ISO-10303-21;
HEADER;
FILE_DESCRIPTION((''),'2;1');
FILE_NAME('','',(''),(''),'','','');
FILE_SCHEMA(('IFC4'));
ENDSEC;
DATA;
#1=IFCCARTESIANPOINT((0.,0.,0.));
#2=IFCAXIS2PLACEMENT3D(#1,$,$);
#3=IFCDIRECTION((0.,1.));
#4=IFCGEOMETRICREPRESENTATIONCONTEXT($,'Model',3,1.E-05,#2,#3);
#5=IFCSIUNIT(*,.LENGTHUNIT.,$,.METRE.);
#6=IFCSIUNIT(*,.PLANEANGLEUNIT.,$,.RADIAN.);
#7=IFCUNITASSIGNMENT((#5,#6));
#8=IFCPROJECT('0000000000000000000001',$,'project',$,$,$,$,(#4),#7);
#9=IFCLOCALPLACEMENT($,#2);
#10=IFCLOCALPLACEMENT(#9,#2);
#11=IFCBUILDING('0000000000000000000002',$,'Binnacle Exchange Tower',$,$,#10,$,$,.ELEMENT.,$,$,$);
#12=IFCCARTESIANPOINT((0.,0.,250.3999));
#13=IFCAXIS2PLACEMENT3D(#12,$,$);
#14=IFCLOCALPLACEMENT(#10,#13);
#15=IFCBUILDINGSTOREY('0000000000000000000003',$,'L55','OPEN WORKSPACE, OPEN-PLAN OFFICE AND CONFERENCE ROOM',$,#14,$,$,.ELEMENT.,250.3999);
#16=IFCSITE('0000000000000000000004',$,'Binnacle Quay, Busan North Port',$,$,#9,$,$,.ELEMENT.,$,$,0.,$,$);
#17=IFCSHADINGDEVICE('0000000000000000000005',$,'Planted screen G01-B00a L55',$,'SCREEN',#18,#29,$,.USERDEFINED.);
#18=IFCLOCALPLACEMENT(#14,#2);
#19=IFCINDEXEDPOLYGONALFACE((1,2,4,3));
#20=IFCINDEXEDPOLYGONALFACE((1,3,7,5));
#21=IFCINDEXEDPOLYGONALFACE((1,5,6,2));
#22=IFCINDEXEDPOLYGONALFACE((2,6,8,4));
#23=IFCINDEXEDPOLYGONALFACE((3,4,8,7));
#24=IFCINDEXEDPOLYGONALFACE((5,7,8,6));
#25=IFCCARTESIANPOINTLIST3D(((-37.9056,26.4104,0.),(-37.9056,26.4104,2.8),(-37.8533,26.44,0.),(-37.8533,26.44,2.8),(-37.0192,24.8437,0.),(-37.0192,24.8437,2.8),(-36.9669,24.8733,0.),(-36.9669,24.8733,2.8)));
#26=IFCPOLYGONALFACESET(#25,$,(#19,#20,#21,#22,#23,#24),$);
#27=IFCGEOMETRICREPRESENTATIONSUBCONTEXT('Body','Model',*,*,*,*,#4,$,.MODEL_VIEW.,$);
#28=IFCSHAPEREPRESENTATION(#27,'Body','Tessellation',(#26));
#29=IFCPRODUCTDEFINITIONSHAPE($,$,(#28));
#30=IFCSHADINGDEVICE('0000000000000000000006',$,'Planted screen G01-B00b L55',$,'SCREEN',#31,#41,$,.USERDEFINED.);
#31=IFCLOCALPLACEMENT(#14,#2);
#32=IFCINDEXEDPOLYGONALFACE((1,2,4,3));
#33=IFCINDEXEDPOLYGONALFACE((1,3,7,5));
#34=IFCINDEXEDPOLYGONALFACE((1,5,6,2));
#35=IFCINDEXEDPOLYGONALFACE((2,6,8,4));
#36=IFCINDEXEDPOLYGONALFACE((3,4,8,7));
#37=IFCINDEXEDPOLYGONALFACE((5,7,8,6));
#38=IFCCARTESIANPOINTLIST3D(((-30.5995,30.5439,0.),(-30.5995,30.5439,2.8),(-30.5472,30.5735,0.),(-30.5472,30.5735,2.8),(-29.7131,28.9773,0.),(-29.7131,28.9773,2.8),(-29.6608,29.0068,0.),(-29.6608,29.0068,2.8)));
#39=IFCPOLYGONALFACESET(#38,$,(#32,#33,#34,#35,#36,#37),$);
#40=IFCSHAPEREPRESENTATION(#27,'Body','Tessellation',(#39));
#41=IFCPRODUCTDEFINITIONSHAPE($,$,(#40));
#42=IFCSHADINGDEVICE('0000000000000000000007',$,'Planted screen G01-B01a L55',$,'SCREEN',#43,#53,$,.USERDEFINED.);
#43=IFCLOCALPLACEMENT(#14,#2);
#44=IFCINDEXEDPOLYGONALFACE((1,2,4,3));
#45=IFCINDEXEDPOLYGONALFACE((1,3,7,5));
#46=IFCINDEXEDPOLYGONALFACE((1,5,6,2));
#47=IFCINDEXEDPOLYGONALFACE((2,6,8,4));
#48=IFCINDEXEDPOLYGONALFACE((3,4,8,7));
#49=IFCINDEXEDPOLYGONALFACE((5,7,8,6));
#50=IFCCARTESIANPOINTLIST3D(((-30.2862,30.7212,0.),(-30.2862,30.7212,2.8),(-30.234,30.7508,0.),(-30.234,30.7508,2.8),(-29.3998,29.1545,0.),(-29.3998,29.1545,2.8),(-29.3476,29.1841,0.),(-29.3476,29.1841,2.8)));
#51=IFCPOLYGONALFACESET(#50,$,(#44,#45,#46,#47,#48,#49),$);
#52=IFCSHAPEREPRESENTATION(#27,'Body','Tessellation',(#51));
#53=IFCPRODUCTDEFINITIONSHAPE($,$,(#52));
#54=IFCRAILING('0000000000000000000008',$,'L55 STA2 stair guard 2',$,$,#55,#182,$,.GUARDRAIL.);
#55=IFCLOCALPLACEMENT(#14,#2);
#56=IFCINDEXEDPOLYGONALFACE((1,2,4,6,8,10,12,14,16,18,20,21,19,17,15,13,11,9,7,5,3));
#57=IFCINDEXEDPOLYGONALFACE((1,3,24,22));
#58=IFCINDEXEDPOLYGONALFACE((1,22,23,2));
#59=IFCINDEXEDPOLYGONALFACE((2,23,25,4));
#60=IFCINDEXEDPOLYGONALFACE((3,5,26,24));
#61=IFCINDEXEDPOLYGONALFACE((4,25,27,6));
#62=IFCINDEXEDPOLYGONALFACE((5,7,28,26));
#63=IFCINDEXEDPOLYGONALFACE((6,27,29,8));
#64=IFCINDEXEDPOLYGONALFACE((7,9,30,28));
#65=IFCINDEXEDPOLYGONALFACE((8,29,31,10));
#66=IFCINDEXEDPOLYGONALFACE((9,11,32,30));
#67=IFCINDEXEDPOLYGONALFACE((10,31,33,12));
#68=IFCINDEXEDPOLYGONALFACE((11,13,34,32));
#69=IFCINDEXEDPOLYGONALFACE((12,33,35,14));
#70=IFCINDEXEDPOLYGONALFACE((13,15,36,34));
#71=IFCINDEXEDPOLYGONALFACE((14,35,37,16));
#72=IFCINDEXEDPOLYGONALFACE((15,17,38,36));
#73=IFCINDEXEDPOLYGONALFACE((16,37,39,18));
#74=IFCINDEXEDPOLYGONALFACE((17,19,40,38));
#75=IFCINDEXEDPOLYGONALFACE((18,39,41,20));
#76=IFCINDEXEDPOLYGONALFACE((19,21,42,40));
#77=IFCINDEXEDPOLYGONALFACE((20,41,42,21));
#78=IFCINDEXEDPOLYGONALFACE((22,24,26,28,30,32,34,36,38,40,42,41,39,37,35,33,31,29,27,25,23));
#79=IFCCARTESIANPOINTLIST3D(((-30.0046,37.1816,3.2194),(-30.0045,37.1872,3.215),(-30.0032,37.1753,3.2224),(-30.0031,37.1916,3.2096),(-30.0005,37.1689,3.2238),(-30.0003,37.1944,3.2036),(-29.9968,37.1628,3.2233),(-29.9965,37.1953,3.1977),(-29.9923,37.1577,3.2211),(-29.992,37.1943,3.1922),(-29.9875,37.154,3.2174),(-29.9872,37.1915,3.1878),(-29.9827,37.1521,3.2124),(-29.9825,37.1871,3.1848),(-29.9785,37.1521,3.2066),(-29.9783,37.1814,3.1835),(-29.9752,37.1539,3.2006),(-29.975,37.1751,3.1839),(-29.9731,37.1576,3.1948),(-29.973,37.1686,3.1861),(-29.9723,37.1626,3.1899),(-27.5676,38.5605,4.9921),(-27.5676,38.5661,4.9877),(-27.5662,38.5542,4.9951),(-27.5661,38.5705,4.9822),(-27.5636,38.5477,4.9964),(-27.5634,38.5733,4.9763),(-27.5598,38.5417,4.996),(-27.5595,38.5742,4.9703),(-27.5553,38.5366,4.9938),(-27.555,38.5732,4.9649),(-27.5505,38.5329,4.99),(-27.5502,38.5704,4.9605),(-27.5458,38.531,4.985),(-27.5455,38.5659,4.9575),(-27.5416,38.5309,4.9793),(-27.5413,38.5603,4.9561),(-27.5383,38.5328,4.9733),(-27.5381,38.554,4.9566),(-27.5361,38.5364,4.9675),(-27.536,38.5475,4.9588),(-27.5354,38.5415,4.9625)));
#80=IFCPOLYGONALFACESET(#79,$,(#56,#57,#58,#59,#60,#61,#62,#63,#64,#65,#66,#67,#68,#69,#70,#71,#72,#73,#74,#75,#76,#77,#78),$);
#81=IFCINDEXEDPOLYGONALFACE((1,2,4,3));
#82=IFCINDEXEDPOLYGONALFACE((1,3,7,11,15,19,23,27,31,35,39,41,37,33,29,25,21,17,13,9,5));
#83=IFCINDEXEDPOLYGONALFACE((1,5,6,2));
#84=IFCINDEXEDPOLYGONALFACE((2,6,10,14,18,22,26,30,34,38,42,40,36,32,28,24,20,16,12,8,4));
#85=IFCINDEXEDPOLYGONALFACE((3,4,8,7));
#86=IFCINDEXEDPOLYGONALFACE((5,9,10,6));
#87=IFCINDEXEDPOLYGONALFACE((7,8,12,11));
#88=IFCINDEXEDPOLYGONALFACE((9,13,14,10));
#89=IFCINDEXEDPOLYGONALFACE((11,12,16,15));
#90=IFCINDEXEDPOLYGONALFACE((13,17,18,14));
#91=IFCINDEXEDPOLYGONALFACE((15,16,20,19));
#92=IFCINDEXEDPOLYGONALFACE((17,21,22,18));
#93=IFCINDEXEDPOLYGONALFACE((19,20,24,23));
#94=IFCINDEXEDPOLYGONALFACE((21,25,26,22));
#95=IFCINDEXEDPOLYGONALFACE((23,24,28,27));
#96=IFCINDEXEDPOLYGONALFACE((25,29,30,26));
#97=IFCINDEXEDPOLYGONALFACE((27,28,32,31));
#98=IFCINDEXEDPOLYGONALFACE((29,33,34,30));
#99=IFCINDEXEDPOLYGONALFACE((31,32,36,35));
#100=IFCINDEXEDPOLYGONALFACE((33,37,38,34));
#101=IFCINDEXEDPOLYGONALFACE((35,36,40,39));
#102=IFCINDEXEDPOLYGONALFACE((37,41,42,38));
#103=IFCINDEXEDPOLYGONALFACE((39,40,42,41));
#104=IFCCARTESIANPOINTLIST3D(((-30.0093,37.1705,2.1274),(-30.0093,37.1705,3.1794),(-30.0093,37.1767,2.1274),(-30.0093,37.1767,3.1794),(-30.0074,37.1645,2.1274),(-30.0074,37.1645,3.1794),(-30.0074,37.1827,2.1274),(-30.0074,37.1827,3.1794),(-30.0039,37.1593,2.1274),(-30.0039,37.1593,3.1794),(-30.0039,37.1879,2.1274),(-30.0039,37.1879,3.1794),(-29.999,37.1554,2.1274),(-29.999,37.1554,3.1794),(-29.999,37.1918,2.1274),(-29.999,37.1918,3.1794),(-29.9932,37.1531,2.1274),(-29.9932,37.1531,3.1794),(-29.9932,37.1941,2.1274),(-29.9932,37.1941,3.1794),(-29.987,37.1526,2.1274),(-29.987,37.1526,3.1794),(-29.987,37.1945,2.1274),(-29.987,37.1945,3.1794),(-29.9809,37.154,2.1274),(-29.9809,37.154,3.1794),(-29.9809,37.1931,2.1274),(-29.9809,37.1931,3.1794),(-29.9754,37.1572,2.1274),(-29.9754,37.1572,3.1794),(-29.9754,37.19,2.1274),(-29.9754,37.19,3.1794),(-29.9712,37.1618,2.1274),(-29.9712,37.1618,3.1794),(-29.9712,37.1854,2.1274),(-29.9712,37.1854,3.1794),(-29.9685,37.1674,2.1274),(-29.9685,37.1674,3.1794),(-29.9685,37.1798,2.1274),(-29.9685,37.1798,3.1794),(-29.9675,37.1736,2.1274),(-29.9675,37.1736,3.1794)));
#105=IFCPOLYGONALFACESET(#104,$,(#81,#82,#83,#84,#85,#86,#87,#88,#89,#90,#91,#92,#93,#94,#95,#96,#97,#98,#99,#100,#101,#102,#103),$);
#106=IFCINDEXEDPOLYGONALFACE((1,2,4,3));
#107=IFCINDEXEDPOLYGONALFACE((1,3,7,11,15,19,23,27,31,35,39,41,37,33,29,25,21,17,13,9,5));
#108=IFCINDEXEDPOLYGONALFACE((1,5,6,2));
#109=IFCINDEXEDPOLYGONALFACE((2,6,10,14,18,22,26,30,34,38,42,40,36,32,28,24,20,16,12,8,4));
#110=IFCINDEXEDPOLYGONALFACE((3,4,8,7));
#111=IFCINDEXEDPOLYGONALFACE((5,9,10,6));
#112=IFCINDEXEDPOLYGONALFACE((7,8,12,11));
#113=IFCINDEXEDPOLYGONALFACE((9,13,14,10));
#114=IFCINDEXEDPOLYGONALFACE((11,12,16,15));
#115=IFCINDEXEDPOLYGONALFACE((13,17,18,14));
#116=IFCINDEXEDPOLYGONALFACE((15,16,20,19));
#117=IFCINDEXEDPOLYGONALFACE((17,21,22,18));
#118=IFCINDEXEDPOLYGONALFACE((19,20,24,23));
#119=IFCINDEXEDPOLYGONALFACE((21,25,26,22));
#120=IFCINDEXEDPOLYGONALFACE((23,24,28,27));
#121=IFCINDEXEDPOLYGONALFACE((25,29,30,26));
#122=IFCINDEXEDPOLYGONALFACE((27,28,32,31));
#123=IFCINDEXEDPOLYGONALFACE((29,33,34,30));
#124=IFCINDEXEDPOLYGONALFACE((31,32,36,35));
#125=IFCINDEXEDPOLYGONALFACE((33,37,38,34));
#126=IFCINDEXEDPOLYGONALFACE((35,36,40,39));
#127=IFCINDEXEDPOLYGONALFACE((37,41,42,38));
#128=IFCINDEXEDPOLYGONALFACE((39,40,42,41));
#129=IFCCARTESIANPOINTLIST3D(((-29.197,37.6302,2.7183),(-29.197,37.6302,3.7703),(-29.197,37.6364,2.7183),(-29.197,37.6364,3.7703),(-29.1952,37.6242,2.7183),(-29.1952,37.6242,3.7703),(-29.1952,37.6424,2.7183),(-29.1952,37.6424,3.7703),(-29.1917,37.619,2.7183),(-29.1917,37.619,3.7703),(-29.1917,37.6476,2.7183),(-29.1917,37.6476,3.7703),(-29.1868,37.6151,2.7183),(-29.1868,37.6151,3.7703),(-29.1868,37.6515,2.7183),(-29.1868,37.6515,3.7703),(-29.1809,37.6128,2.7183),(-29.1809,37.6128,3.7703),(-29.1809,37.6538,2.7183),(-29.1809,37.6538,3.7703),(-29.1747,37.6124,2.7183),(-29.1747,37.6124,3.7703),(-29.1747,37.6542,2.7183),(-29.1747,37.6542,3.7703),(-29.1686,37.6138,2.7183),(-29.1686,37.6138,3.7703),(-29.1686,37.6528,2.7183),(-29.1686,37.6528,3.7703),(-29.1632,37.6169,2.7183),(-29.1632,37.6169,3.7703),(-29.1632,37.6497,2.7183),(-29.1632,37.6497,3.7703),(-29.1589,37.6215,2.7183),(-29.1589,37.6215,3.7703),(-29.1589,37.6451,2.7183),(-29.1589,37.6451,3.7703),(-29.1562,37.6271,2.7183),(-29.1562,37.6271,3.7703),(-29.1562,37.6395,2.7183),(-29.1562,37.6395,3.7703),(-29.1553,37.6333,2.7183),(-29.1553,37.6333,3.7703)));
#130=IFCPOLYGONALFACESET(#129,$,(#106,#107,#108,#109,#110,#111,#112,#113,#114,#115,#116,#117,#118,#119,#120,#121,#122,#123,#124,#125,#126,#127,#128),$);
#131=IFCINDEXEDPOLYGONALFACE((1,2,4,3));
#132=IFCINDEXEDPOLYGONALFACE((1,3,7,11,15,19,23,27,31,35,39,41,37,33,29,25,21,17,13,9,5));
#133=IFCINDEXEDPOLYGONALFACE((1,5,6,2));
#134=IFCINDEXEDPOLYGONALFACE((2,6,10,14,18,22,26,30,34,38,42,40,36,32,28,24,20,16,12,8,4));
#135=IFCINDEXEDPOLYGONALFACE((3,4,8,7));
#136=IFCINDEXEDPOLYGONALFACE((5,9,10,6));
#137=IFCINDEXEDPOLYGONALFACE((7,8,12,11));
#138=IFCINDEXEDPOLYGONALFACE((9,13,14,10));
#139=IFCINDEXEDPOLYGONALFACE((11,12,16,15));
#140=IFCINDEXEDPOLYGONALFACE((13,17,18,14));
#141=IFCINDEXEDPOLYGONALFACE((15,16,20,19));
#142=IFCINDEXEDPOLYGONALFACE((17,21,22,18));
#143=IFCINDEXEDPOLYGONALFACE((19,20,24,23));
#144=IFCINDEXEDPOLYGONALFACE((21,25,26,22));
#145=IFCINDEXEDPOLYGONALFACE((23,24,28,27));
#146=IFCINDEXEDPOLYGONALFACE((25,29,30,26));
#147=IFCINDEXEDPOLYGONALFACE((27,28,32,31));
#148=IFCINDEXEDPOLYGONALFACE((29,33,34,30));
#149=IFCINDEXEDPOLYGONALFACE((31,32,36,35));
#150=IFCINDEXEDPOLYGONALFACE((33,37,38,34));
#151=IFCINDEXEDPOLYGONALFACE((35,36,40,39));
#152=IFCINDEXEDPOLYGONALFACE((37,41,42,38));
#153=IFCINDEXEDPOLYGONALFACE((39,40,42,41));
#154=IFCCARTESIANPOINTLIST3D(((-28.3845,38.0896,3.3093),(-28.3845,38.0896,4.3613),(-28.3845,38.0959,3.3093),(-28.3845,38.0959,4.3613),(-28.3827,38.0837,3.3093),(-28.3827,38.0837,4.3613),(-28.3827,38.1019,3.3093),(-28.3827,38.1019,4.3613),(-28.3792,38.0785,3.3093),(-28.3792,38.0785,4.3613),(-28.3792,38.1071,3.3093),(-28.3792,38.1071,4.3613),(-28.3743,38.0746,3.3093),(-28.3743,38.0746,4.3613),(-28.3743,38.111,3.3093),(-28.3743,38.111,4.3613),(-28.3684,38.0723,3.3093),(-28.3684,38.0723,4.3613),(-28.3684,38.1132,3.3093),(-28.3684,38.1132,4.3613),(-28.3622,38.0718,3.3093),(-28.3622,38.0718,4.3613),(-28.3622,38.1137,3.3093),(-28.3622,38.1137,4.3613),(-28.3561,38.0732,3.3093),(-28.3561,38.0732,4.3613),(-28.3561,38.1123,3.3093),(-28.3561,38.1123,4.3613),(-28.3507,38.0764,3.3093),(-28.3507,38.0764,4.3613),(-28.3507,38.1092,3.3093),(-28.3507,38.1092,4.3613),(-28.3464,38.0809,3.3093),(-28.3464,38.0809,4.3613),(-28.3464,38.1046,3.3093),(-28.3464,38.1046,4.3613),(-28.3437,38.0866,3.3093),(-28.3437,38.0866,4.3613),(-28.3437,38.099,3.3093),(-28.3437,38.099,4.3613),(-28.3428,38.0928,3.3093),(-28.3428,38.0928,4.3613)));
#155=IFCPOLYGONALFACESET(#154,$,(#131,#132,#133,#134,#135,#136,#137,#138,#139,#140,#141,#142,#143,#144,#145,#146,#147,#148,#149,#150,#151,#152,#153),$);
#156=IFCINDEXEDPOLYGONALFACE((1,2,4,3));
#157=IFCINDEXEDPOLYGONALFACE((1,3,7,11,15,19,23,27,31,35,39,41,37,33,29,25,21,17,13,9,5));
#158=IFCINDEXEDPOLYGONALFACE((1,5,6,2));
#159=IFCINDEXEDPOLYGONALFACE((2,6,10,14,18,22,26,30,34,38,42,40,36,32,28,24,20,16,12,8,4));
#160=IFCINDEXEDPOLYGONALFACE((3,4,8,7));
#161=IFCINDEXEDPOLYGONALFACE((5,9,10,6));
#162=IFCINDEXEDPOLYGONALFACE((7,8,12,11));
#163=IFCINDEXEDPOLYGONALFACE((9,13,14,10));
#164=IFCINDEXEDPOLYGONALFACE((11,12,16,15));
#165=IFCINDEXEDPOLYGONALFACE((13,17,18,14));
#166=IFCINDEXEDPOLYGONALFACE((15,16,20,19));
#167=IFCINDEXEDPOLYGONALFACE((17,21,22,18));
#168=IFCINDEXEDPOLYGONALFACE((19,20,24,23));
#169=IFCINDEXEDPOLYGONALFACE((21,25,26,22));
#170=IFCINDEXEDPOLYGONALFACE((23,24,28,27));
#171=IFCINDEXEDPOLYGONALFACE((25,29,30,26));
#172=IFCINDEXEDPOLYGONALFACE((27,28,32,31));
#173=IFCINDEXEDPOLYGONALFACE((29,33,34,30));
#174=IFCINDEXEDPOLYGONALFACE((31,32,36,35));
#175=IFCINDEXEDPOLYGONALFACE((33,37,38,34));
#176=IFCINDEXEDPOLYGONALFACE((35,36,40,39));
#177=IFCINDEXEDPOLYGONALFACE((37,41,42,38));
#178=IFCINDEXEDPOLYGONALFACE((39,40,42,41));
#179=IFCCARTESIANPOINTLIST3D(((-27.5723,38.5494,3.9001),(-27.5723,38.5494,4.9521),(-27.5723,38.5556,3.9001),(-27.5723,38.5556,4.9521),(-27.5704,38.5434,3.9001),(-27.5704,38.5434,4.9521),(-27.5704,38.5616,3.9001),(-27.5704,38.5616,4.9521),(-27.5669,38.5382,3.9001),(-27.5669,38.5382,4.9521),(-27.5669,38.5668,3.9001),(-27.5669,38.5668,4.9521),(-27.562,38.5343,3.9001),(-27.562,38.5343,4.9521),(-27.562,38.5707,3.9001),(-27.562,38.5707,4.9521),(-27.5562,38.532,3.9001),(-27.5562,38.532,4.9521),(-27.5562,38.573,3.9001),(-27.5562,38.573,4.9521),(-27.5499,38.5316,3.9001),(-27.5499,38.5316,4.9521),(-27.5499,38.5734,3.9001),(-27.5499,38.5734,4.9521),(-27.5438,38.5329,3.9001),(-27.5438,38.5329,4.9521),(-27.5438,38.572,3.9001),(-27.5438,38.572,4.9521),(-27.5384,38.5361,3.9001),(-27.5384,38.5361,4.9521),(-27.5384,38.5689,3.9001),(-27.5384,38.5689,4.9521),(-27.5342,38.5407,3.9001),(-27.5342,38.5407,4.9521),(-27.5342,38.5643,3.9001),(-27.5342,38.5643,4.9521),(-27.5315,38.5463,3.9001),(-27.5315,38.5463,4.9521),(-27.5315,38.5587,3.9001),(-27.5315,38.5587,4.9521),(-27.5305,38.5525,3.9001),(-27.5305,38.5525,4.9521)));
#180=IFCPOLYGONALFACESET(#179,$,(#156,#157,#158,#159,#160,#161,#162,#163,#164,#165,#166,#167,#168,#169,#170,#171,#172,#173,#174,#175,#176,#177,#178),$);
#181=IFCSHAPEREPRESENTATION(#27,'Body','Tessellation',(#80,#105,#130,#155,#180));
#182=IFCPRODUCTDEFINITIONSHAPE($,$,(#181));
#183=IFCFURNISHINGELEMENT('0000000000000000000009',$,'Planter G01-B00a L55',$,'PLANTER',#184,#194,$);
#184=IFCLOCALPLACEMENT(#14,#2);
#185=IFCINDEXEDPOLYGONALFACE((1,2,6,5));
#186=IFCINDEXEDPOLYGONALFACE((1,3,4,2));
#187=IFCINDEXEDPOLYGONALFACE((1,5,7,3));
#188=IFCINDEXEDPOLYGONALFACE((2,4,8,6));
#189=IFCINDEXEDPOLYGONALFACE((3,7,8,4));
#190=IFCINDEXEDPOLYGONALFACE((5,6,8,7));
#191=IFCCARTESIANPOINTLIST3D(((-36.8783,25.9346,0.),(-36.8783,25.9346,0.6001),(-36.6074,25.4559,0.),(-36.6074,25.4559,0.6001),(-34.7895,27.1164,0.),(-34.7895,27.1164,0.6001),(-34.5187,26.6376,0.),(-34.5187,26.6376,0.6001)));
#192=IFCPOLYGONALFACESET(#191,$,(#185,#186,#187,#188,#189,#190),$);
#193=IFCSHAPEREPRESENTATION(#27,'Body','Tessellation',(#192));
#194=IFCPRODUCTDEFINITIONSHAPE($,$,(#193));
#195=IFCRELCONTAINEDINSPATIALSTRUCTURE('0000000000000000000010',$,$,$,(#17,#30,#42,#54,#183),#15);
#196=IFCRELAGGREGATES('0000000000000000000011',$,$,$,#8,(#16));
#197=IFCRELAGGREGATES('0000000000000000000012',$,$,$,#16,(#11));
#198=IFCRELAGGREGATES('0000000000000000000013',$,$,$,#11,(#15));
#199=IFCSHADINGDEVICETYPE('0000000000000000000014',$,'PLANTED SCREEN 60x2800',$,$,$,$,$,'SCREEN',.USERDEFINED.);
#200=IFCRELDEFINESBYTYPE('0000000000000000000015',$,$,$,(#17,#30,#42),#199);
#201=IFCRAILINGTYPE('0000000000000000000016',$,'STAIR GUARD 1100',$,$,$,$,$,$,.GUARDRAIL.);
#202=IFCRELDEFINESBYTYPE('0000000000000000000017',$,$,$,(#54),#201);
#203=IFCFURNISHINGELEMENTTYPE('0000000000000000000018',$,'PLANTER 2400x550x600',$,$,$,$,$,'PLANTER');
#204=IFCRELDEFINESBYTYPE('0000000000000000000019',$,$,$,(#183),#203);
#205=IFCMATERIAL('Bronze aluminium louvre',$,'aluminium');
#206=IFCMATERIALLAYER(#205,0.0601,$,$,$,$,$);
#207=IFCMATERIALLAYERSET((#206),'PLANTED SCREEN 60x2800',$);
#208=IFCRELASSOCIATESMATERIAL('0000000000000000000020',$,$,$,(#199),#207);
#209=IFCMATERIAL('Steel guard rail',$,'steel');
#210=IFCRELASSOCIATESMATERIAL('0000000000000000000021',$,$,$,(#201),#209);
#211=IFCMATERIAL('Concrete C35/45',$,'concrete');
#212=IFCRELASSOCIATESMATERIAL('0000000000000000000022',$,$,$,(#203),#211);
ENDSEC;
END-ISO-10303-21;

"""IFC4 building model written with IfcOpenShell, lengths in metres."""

from ifc_helpers import new_model, si_unit, direction, frame, origin, origin_2d, place, context, subcontext, project, spatial, rectangle, circle, extrude, material, layer, layer_set, type_object, element, save


model = new_model("IFC4")

# Units and contexts
model_context = context("Model", 3, precision=1e-05, world=origin(), true_north=direction((0.0, 1.0)))
body_context = subcontext(model_context, "Body", "Model", "MODEL_VIEW")
ifc_project = project(units=[si_unit("LENGTHUNIT", "METRE"), si_unit("PLANEANGLEUNIT", "RADIAN")], contexts=[model_context])

# Site, building, storey
site_placement = place(None, origin())
site = spatial("IfcSite", under=ifc_project, at=site_placement, Name="Binnacle Quay, Busan North Port", CompositionType="ELEMENT", RefElevation=0.0)
building_placement = place(site_placement, origin())
building = spatial("IfcBuilding", under=site, at=building_placement, Name="Binnacle Exchange Tower", CompositionType="ELEMENT")
storey_placement = place(building_placement, frame((0.0, 0.0, 250.3999)))
storey = spatial("IfcBuildingStorey", under=building, at=storey_placement, Name="L55", Description="OPEN WORKSPACE, OPEN-PLAN OFFICE AND CONFERENCE ROOM", CompositionType="ELEMENT", Elevation=250.3999)

# Shared definitions
ifc_material_1 = material(Name="Concrete C35/45", Category="concrete")

# Shading devices
ifc_material_2 = material(Name="Bronze aluminium louvre", Category="aluminium")
ifc_layer_1 = layer(ifc_material_2, 0.0601)
ifc_layer_set_1 = layer_set([ifc_layer_1], Name="PLANTED SCREEN 60x2800")
shading_device_type = type_object("IfcShadingDeviceType", Name="PLANTED SCREEN 60x2800", ElementType="SCREEN", PredefinedType="USERDEFINED", material=ifc_layer_set_1)
for number, where, z_axis, x_axis, name in (
    (1, (-37.4363, 25.6418, 0.0), (0.0, 0.0, 1.0), (0.870356, 0.492424, 0.0), "Planted screen G01-B00a L55"),
    (2, (-30.1301, 29.7754, 0.0), (0.0, 0.0, 1.0), (0.870356, 0.492424, 0.0), "Planted screen G01-B00b L55"),
    (3, (-29.8169, 29.9526, 0.0), (0.0, 0.0, 1.0), (0.870356, 0.492424, 0.0), "Planted screen G01-B01a L55"),
):
    element("IfcShadingDevice", number, at=place(storey_placement, frame(where, z_axis=z_axis, x_axis=x_axis)), inside=storey, type_object=shading_device_type, Name=name, ObjectType="SCREEN", PredefinedType="USERDEFINED", context=body_context, shape_type="SweptSolid", body=[
        extrude(rectangle(XDim=0.0601, YDim=1.8, at=origin_2d()), origin(), (0.0, 0.0, 1.0), 2.8),
    ])

# Railing
ifc_material_3 = material(Name="Steel guard rail", Category="steel")
railing_type_1 = type_object("IfcRailingType", Name="STAIR GUARD 1100", PredefinedType="GUARDRAIL", material=ifc_material_3)
railing_1_placement = place(storey_placement, frame((-29.9885, 37.1736, 2.1274)))
element("IfcRailing", 4, at=railing_1_placement, inside=storey, type_object=railing_type_1, Name="L55 STA2 stair guard 2", PredefinedType="GUARDRAIL", context=body_context, shape_type="SweptSolid", body=[
    extrude(circle(Radius=0.0239, at=origin_2d()), frame((0.0, 0.0, 1.0762), z_axis=(0.735359, 0.41608, 0.534907), x_axis=(-0.492454, 0.870339, 0.0)), (0.0, 0.0, 1.0), 3.314),
    extrude(circle(Radius=0.021, at=origin_2d()), origin(), (0.0, 0.0, 1.0), 1.052),
    extrude(circle(Radius=0.021, at=origin_2d()), frame((0.8123, 0.4597, 0.5908)), (0.0, 0.0, 1.0), 1.052),
    extrude(circle(Radius=0.021, at=origin_2d()), frame((1.6248, 0.9192, 1.1819)), (0.0, 0.0, 1.0), 1.052),
    extrude(circle(Radius=0.021, at=origin_2d()), frame((2.437, 1.3789, 1.7727)), (0.0, 0.0, 1.0), 1.052),
])

# Furnishing element
furnishing_element_type = type_object("IfcFurnishingElementType", Name="PLANTER 2400x550x600", ElementType="PLANTER", material=ifc_material_1)
furnishing_placement = place(storey_placement, frame((-35.6985, 26.2861, 0.0), z_axis=(0.0, 0.0, 1.0), x_axis=(0.870356, 0.492424, 0.0)))
element("IfcFurnishingElement", 5, at=furnishing_placement, inside=storey, type_object=furnishing_element_type, Name="Planter G01-B00a L55", ObjectType="PLANTER", context=body_context, shape_type="SweptSolid", body=[
    extrude(rectangle(XDim=2.3999, YDim=0.55, at=origin_2d()), origin(), (0.0, 0.0, 1.0), 0.6001),
])

save(model, "model.ifc")
